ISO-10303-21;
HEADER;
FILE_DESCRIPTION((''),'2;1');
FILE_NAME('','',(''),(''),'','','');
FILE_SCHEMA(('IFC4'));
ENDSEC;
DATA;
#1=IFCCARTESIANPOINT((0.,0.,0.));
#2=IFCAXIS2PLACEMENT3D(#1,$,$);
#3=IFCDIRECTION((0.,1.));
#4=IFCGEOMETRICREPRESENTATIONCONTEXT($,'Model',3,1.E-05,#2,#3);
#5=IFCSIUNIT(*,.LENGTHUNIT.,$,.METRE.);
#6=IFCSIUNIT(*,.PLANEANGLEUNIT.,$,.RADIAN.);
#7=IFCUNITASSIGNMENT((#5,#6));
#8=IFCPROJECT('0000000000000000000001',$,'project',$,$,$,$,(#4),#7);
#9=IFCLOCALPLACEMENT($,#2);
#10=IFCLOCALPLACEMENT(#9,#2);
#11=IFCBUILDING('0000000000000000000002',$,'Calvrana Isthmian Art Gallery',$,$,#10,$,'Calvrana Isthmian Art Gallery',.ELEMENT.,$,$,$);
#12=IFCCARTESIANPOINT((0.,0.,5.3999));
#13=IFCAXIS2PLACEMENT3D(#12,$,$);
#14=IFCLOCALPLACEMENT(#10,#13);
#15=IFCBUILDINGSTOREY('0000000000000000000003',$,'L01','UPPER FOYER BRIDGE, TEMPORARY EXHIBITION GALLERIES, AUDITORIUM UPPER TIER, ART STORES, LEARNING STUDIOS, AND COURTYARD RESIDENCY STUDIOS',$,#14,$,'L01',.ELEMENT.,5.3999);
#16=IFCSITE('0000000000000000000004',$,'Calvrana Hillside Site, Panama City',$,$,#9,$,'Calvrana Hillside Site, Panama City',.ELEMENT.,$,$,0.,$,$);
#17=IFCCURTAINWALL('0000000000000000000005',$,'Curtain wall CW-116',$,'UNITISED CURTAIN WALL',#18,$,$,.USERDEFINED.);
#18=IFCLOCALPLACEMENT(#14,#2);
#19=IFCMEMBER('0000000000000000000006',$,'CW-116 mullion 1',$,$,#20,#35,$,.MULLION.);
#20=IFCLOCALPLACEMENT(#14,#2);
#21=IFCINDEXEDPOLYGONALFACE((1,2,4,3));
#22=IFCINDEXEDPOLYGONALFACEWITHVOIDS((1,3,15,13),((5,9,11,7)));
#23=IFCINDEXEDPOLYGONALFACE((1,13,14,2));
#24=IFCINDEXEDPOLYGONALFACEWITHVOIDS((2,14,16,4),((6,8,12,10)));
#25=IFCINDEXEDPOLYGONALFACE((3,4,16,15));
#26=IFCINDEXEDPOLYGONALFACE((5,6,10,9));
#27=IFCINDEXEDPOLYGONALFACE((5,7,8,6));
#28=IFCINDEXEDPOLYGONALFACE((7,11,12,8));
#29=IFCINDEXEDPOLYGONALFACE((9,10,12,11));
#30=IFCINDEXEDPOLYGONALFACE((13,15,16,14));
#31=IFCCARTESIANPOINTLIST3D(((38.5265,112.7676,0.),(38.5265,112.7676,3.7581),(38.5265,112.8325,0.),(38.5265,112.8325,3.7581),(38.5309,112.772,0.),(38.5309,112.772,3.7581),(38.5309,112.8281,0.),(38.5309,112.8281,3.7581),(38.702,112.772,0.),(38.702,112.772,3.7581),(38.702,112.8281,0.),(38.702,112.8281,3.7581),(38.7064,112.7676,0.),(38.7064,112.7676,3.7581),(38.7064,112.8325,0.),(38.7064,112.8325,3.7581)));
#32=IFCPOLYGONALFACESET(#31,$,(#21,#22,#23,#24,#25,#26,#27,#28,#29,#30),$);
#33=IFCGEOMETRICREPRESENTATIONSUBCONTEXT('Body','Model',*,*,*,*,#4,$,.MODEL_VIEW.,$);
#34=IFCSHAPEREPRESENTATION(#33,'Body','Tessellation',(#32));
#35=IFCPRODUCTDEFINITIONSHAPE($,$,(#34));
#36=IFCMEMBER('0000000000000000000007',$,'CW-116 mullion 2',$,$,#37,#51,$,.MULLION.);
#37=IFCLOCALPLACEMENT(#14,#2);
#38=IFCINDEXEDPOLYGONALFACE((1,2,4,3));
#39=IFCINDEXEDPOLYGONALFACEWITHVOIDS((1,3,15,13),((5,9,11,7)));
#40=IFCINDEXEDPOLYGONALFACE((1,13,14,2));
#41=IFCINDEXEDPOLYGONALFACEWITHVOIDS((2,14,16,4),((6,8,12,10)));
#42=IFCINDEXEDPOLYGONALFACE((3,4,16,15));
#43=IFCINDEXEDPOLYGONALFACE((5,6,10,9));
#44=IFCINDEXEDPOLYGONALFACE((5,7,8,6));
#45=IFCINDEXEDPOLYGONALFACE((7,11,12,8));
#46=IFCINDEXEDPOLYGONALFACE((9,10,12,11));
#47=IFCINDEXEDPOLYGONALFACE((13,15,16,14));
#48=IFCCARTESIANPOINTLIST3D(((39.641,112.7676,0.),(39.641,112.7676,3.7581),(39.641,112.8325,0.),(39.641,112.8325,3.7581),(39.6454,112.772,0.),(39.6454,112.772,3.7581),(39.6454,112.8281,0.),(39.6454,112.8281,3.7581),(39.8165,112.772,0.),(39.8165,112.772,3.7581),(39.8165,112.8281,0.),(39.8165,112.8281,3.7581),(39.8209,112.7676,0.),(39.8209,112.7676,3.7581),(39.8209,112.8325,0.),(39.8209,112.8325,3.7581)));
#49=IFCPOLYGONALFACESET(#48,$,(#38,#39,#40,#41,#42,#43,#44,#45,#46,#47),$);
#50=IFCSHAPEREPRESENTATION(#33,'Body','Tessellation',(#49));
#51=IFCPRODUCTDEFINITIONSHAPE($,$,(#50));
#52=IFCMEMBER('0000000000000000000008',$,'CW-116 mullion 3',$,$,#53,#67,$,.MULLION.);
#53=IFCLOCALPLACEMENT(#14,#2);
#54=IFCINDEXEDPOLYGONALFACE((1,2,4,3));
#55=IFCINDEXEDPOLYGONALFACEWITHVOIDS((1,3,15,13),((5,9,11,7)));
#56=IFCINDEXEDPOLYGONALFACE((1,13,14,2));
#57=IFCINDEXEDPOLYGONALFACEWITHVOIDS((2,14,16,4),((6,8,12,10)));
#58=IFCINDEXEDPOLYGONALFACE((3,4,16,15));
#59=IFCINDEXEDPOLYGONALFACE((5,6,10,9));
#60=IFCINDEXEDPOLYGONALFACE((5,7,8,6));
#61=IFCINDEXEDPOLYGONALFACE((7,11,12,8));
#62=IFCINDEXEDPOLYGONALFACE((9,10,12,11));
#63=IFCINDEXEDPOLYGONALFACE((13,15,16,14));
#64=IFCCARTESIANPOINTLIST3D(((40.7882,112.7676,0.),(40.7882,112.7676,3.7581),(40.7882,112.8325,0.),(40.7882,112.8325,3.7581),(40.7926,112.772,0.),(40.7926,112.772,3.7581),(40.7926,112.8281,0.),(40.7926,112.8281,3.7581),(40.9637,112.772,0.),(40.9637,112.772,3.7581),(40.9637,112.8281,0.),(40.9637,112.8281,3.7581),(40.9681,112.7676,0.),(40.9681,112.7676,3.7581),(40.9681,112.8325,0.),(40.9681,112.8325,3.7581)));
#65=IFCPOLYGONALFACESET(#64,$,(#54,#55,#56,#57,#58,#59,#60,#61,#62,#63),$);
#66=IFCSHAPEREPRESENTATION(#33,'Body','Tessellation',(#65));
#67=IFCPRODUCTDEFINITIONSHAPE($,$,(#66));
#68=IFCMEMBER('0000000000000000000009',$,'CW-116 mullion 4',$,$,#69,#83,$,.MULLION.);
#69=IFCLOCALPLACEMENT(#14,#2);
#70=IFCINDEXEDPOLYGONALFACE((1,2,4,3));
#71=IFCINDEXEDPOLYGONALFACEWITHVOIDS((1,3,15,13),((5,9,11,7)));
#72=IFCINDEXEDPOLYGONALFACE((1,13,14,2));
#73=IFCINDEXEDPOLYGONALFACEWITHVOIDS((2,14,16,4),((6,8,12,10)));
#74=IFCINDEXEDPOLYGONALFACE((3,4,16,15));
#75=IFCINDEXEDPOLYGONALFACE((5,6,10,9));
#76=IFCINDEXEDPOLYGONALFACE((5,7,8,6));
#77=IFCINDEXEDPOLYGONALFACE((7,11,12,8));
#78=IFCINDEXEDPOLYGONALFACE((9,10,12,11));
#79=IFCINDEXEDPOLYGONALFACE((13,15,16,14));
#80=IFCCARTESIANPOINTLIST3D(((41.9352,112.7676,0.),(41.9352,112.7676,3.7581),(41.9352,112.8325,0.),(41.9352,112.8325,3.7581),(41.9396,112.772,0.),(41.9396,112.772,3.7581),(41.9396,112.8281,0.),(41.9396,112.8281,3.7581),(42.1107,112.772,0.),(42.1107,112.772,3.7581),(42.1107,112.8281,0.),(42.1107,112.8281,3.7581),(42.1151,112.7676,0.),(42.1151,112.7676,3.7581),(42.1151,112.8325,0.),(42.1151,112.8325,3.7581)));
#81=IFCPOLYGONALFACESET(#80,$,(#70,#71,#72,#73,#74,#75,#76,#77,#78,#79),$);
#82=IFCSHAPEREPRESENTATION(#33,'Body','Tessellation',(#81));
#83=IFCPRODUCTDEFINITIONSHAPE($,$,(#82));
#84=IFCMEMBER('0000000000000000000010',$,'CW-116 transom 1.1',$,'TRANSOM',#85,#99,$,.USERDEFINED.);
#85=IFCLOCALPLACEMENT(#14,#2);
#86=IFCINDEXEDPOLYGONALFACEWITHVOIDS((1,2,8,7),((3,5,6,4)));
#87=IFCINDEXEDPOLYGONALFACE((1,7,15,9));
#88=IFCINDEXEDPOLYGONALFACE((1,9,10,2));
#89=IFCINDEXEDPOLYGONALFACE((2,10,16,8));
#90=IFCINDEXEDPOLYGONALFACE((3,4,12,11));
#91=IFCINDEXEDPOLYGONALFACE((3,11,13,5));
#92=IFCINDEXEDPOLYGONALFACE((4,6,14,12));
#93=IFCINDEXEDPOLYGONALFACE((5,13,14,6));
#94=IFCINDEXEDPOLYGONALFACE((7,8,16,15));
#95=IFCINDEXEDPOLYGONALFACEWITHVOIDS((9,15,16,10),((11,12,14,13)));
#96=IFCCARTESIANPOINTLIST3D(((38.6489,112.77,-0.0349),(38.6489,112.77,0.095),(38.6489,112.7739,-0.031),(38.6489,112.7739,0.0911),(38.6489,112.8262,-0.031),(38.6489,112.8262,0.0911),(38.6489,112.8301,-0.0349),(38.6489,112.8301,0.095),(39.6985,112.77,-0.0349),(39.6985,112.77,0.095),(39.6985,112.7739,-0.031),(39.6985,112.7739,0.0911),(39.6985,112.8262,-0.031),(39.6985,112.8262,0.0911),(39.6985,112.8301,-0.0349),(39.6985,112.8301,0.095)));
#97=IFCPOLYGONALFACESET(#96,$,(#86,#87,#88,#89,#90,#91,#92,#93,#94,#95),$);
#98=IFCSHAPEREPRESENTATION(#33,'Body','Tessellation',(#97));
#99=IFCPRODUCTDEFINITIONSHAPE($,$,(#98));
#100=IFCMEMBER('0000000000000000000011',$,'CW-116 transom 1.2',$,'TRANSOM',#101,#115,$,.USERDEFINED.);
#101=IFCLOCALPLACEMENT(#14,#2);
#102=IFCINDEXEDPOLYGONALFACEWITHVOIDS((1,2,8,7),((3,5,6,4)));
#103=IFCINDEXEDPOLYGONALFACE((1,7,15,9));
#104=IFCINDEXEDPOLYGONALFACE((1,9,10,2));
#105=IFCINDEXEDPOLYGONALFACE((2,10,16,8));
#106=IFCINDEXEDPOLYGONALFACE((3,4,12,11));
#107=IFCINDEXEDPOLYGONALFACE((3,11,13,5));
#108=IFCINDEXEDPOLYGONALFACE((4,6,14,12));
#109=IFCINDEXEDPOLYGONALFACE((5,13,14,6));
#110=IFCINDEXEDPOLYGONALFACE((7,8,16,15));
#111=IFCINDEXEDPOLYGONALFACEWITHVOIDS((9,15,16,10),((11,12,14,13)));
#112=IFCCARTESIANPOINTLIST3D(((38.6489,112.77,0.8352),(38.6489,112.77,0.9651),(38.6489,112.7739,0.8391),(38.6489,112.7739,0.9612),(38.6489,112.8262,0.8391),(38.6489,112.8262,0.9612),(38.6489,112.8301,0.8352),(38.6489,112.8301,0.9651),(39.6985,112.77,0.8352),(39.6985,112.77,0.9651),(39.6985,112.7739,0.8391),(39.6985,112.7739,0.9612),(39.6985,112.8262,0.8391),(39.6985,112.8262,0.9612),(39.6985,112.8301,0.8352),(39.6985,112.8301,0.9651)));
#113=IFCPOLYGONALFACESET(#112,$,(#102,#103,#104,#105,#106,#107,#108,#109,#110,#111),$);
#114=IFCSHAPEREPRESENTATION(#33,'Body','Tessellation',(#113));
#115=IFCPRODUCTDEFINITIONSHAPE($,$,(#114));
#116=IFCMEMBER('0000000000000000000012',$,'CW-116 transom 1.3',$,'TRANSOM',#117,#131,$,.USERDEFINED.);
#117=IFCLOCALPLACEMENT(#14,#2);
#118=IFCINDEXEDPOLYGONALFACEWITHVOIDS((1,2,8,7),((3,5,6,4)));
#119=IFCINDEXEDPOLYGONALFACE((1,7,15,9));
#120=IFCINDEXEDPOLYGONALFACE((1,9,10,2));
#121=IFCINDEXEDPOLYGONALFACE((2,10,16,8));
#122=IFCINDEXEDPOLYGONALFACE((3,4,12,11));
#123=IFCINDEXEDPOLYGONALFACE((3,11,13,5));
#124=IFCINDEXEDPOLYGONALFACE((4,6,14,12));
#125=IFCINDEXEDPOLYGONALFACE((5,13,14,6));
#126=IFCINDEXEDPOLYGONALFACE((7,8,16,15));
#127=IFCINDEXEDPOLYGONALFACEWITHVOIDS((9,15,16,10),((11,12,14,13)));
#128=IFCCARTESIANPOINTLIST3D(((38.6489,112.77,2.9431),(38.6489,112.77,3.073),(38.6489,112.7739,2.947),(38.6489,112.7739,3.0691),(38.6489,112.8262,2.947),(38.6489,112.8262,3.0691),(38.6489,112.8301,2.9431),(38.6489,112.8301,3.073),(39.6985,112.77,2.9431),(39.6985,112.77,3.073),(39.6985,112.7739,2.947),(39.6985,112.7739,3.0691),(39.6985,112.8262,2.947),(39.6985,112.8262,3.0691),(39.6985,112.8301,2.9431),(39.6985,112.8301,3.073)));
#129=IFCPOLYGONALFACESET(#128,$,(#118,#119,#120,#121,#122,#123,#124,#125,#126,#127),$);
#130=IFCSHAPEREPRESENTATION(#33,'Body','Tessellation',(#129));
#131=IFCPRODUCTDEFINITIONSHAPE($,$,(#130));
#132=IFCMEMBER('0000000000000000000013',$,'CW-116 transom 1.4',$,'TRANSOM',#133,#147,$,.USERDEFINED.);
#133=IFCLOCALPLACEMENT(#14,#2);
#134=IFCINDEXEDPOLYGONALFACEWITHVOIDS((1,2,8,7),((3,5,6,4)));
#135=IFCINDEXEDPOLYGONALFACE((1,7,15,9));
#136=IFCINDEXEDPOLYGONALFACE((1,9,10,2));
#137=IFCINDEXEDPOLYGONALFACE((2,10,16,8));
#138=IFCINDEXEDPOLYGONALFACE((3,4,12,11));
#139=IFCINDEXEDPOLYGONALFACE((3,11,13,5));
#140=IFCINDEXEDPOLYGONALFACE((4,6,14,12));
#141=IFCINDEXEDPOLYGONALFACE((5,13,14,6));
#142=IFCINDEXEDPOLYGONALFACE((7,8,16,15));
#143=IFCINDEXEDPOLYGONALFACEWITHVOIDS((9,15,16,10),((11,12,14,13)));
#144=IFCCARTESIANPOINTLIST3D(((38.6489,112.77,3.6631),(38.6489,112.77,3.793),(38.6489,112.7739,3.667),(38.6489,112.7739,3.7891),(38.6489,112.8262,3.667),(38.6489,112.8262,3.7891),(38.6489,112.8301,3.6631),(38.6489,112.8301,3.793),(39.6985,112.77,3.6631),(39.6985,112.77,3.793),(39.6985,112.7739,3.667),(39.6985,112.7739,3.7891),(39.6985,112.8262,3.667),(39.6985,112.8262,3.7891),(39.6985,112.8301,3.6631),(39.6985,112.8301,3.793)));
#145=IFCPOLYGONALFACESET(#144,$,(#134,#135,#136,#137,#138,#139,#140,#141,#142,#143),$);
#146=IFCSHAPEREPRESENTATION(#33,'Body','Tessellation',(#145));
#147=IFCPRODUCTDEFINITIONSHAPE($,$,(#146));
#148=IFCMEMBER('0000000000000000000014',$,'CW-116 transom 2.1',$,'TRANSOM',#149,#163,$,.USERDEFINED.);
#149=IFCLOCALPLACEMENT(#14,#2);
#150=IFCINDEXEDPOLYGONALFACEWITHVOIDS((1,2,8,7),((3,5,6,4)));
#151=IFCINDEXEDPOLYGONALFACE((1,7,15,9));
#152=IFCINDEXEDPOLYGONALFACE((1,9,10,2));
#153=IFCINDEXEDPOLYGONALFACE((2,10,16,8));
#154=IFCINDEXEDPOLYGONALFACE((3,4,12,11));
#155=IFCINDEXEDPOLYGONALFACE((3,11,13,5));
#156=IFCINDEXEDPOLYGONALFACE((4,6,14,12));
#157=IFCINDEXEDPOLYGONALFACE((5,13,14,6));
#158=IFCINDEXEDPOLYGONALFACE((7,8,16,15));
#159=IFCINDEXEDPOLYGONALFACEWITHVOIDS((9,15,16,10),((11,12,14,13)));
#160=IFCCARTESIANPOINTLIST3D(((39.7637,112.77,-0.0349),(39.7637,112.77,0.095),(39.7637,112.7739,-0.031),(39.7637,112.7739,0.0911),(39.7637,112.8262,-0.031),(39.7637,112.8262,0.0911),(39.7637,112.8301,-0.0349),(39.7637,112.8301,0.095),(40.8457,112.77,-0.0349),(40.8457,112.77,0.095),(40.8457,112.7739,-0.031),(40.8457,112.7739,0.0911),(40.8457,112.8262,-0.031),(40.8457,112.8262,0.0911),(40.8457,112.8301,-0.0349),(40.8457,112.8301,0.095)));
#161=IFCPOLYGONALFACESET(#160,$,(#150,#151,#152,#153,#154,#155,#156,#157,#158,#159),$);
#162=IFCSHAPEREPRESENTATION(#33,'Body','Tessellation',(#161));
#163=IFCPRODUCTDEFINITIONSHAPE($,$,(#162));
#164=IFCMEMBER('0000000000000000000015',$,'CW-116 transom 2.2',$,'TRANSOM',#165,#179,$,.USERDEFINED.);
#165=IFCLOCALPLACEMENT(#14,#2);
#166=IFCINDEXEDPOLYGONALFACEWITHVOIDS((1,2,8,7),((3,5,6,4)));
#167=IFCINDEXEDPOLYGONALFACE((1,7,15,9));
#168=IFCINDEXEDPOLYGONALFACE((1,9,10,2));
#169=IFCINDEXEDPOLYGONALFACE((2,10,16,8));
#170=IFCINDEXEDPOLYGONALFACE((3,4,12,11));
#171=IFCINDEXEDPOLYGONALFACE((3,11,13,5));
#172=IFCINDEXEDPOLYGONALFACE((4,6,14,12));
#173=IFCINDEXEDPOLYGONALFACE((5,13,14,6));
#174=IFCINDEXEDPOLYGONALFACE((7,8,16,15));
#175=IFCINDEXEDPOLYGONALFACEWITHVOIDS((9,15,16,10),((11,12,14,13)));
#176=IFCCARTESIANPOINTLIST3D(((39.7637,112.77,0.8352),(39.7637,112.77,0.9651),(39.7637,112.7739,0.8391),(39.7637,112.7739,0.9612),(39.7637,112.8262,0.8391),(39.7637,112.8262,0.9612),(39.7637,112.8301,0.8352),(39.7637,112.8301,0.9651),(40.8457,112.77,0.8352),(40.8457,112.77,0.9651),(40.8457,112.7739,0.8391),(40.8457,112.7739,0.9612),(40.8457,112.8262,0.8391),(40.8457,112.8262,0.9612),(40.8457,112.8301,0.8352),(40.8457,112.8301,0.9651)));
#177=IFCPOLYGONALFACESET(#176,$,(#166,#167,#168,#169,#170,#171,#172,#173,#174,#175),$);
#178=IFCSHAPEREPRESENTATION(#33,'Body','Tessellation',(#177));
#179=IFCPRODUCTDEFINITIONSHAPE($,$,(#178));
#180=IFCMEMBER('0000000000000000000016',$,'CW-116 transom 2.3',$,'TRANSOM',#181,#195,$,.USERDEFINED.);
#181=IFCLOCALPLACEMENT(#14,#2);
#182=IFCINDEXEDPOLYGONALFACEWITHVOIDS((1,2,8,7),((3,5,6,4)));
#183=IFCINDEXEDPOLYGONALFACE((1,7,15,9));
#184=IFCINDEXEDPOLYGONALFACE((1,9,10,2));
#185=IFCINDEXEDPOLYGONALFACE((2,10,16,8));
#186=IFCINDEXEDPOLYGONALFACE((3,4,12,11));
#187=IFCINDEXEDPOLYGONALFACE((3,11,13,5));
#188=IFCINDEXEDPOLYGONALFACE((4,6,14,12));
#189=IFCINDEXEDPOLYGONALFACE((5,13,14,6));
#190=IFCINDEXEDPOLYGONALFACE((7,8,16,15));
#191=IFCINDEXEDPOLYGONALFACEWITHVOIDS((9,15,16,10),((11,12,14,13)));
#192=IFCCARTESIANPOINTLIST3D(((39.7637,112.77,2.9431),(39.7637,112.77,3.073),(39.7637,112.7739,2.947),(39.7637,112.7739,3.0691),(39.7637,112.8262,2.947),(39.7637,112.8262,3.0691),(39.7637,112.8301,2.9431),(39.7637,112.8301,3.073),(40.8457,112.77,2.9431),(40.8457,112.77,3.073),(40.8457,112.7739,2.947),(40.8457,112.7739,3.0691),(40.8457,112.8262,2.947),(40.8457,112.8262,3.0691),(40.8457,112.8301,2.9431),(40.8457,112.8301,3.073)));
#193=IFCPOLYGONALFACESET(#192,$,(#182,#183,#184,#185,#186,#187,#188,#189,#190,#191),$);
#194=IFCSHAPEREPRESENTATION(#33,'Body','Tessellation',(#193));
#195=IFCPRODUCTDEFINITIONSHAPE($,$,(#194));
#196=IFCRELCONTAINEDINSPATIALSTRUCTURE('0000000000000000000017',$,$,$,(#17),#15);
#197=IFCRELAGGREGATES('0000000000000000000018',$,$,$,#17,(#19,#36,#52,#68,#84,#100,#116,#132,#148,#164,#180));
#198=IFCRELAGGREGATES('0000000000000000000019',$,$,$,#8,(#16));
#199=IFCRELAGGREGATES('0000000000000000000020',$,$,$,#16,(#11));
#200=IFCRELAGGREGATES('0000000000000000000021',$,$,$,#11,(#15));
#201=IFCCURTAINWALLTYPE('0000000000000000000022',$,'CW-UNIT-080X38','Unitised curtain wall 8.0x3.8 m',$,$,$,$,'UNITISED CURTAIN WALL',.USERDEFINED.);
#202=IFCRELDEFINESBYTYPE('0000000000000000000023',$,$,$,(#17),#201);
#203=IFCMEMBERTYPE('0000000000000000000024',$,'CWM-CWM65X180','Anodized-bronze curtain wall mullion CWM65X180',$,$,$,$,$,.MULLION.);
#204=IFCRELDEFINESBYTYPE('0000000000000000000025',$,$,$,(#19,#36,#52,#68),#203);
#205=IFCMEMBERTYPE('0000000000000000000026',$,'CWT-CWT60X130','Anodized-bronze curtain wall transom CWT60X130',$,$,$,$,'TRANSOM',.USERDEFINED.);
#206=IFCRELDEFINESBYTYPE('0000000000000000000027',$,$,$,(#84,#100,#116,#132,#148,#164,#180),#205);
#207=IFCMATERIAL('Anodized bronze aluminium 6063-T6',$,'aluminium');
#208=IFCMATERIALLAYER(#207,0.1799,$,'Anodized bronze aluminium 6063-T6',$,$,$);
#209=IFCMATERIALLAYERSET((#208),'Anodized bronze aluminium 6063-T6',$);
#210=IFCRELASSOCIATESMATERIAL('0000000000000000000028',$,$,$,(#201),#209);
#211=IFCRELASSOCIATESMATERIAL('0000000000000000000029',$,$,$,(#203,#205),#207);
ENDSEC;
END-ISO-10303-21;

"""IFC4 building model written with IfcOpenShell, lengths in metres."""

from ifc_helpers import new_model, si_unit, direction, frame, origin, origin_2d, place, context, subcontext, project, spatial, hollow_rectangle, extrude, material, layer, layer_set, material_profile, profile_set, type_object, element, aggregate, save


model = new_model("IFC4")

# Units and contexts
model_context = context("Model", 3, precision=1e-05, world=origin(), true_north=direction((0.0, 1.0)))
body_context = subcontext(model_context, "Body", "Model", "MODEL_VIEW")
ifc_project = project(units=[si_unit("LENGTHUNIT", "METRE"), si_unit("PLANEANGLEUNIT", "RADIAN")], contexts=[model_context])

# Site, building, storey
site_placement = place(None, origin())
site = spatial("IfcSite", under=ifc_project, at=site_placement, Name="Calvrana Hillside Site, Panama City", LongName="Calvrana Hillside Site, Panama City", CompositionType="ELEMENT", RefElevation=0.0)
building_placement = place(site_placement, origin())
building = spatial("IfcBuilding", under=site, at=building_placement, Name="Calvrana Isthmian Art Gallery", LongName="Calvrana Isthmian Art Gallery", CompositionType="ELEMENT")
storey_placement = place(building_placement, frame((0.0, 0.0, 5.3999)))
storey = spatial("IfcBuildingStorey", under=building, at=storey_placement, Name="L01", Description="UPPER FOYER BRIDGE, TEMPORARY EXHIBITION GALLERIES, AUDITORIUM UPPER TIER, ART STORES, LEARNING STUDIOS, AND COURTYARD RESIDENCY STUDIOS", LongName="L01", CompositionType="ELEMENT", Elevation=5.3999)

# Curtain wall, members
ifc_material_1 = material(Name="Anodized bronze aluminium 6063-T6", Category="aluminium")
ifc_layer_1 = layer(ifc_material_1, 0.1799, Name="Anodized bronze aluminium 6063-T6")
ifc_layer_set_1 = layer_set([ifc_layer_1], Name="Anodized bronze aluminium 6063-T6")
curtain_wall_type = type_object("IfcCurtainWallType", Name="CW-UNIT-080X38", Description="Unitised curtain wall 8.0x3.8 m", ElementType="UNITISED CURTAIN WALL", PredefinedType="USERDEFINED", material=ifc_layer_set_1)
curtain_wall_placement = place(storey_placement, origin())
curtain_wall = element("IfcCurtainWall", 1, at=curtain_wall_placement, inside=storey, type_object=curtain_wall_type, Name="Curtain wall CW-116", ObjectType="UNITISED CURTAIN WALL", PredefinedType="USERDEFINED")
ifc_material_profile_1 = material_profile(ifc_material_1, hollow_rectangle(XDim=0.0649, YDim=0.1799, WallThickness=0.0044, at=origin_2d()), Name="CWM65X180")
ifc_profile_set_1 = profile_set([ifc_material_profile_1], Name="Anodized bronze aluminium 6063-T6")
member_type_1 = type_object("IfcMemberType", Name="CWM-CWM65X180", Description="Anodized-bronze curtain wall mullion CWM65X180", PredefinedType="MULLION", material=ifc_profile_set_1)
member_1_placement = place(storey_placement, frame((38.6165, 112.8, 0.0), z_axis=(0.0, 0.0, 1.0), x_axis=(0.0, 1.0, 0.0)))
member_1 = element("IfcMember", 2, at=member_1_placement, type_object=member_type_1, Name="CW-116 mullion 1", PredefinedType="MULLION", context=body_context, shape_type="SweptSolid", body=[
    extrude(hollow_rectangle(XDim=0.0649, YDim=0.1799, WallThickness=0.0044, at=origin_2d()), origin(), (0.0, 0.0, 1.0), 3.7581),
])
member_2_placement = place(storey_placement, frame((39.731, 112.8, 0.0), z_axis=(0.0, 0.0, 1.0), x_axis=(0.0, 1.0, 0.0)))
member_2 = element("IfcMember", 3, at=member_2_placement, type_object=member_type_1, Name="CW-116 mullion 2", PredefinedType="MULLION", context=body_context, shape_type="SweptSolid", body=[
    extrude(hollow_rectangle(XDim=0.0649, YDim=0.1799, WallThickness=0.0044, at=origin_2d()), origin(), (0.0, 0.0, 1.0), 3.7581),
])
member_3_placement = place(storey_placement, frame((40.8782, 112.8, 0.0), z_axis=(0.0, 0.0, 1.0), x_axis=(0.0, 1.0, 0.0)))
member_3 = element("IfcMember", 4, at=member_3_placement, type_object=member_type_1, Name="CW-116 mullion 3", PredefinedType="MULLION", context=body_context, shape_type="SweptSolid", body=[
    extrude(hollow_rectangle(XDim=0.0649, YDim=0.1799, WallThickness=0.0044, at=origin_2d()), origin(), (0.0, 0.0, 1.0), 3.7581),
])
member_4_placement = place(storey_placement, frame((42.0251, 112.8, 0.0), z_axis=(0.0, 0.0, 1.0), x_axis=(0.0, 1.0, 0.0)))
member_4 = element("IfcMember", 5, at=member_4_placement, type_object=member_type_1, Name="CW-116 mullion 4", PredefinedType="MULLION", context=body_context, shape_type="SweptSolid", body=[
    extrude(hollow_rectangle(XDim=0.0649, YDim=0.1799, WallThickness=0.0044, at=origin_2d()), origin(), (0.0, 0.0, 1.0), 3.7581),
])
ifc_material_profile_2 = material_profile(ifc_material_1, hollow_rectangle(XDim=0.0601, YDim=0.1299, WallThickness=0.0039, at=origin_2d()), Name="CWT60X130")
ifc_profile_set_2 = profile_set([ifc_material_profile_2], Name="Anodized bronze aluminium 6063-T6")
member_type_2 = type_object("IfcMemberType", Name="CWT-CWT60X130", Description="Anodized-bronze curtain wall transom CWT60X130", ElementType="TRANSOM", PredefinedType="USERDEFINED", material=ifc_profile_set_2)
member_5_placement = place(storey_placement, frame((38.6489, 112.8, 0.03), z_axis=(1.0, 0.0, 0.0), x_axis=(0.0, 1.0, 0.0)))
member_5 = element("IfcMember", 6, at=member_5_placement, type_object=member_type_2, Name="CW-116 transom 1.1", ObjectType="TRANSOM", PredefinedType="USERDEFINED", context=body_context, shape_type="SweptSolid", body=[
    extrude(hollow_rectangle(XDim=0.0601, YDim=0.1299, WallThickness=0.0039, at=origin_2d()), origin(), (0.0, 0.0, 1.0), 1.0496),
])
member_6_placement = place(storey_placement, frame((38.6489, 112.8, 0.9001), z_axis=(1.0, 0.0, 0.0), x_axis=(0.0, 1.0, 0.0)))
member_6 = element("IfcMember", 7, at=member_6_placement, type_object=member_type_2, Name="CW-116 transom 1.2", ObjectType="TRANSOM", PredefinedType="USERDEFINED", context=body_context, shape_type="SweptSolid", body=[
    extrude(hollow_rectangle(XDim=0.0601, YDim=0.1299, WallThickness=0.0039, at=origin_2d()), origin(), (0.0, 0.0, 1.0), 1.0496),
])
member_7_placement = place(storey_placement, frame((38.6489, 112.8, 3.0081), z_axis=(1.0, 0.0, 0.0), x_axis=(0.0, 1.0, 0.0)))
member_7 = element("IfcMember", 8, at=member_7_placement, type_object=member_type_2, Name="CW-116 transom 1.3", ObjectType="TRANSOM", PredefinedType="USERDEFINED", context=body_context, shape_type="SweptSolid", body=[
    extrude(hollow_rectangle(XDim=0.0601, YDim=0.1299, WallThickness=0.0039, at=origin_2d()), origin(), (0.0, 0.0, 1.0), 1.0496),
])
member_8_placement = place(storey_placement, frame((38.6489, 112.8, 3.728), z_axis=(1.0, 0.0, 0.0), x_axis=(0.0, 1.0, 0.0)))
member_8 = element("IfcMember", 9, at=member_8_placement, type_object=member_type_2, Name="CW-116 transom 1.4", ObjectType="TRANSOM", PredefinedType="USERDEFINED", context=body_context, shape_type="SweptSolid", body=[
    extrude(hollow_rectangle(XDim=0.0601, YDim=0.1299, WallThickness=0.0039, at=origin_2d()), origin(), (0.0, 0.0, 1.0), 1.0496),
])
member_9_placement = place(storey_placement, frame((39.7637, 112.8, 0.03), z_axis=(1.0, 0.0, 0.0), x_axis=(0.0, 1.0, 0.0)))
member_9 = element("IfcMember", 10, at=member_9_placement, type_object=member_type_2, Name="CW-116 transom 2.1", ObjectType="TRANSOM", PredefinedType="USERDEFINED", context=body_context, shape_type="SweptSolid", body=[
    extrude(hollow_rectangle(XDim=0.0601, YDim=0.1299, WallThickness=0.0039, at=origin_2d()), origin(), (0.0, 0.0, 1.0), 1.082),
])
member_10_placement = place(storey_placement, frame((39.7637, 112.8, 0.9001), z_axis=(1.0, 0.0, 0.0), x_axis=(0.0, 1.0, 0.0)))
member_10 = element("IfcMember", 11, at=member_10_placement, type_object=member_type_2, Name="CW-116 transom 2.2", ObjectType="TRANSOM", PredefinedType="USERDEFINED", context=body_context, shape_type="SweptSolid", body=[
    extrude(hollow_rectangle(XDim=0.0601, YDim=0.1299, WallThickness=0.0039, at=origin_2d()), origin(), (0.0, 0.0, 1.0), 1.082),
])
member_11_placement = place(storey_placement, frame((39.7637, 112.8, 3.0081), z_axis=(1.0, 0.0, 0.0), x_axis=(0.0, 1.0, 0.0)))
member_11 = element("IfcMember", 12, at=member_11_placement, type_object=member_type_2, Name="CW-116 transom 2.3", ObjectType="TRANSOM", PredefinedType="USERDEFINED", context=body_context, shape_type="SweptSolid", body=[
    extrude(hollow_rectangle(XDim=0.0601, YDim=0.1299, WallThickness=0.0039, at=origin_2d()), origin(), (0.0, 0.0, 1.0), 1.082),
])
aggregate(curtain_wall, [member_1, member_2, member_3, member_4, member_5, member_6, member_7, member_8, member_9, member_10, member_11])

save(model, "model.ifc")
